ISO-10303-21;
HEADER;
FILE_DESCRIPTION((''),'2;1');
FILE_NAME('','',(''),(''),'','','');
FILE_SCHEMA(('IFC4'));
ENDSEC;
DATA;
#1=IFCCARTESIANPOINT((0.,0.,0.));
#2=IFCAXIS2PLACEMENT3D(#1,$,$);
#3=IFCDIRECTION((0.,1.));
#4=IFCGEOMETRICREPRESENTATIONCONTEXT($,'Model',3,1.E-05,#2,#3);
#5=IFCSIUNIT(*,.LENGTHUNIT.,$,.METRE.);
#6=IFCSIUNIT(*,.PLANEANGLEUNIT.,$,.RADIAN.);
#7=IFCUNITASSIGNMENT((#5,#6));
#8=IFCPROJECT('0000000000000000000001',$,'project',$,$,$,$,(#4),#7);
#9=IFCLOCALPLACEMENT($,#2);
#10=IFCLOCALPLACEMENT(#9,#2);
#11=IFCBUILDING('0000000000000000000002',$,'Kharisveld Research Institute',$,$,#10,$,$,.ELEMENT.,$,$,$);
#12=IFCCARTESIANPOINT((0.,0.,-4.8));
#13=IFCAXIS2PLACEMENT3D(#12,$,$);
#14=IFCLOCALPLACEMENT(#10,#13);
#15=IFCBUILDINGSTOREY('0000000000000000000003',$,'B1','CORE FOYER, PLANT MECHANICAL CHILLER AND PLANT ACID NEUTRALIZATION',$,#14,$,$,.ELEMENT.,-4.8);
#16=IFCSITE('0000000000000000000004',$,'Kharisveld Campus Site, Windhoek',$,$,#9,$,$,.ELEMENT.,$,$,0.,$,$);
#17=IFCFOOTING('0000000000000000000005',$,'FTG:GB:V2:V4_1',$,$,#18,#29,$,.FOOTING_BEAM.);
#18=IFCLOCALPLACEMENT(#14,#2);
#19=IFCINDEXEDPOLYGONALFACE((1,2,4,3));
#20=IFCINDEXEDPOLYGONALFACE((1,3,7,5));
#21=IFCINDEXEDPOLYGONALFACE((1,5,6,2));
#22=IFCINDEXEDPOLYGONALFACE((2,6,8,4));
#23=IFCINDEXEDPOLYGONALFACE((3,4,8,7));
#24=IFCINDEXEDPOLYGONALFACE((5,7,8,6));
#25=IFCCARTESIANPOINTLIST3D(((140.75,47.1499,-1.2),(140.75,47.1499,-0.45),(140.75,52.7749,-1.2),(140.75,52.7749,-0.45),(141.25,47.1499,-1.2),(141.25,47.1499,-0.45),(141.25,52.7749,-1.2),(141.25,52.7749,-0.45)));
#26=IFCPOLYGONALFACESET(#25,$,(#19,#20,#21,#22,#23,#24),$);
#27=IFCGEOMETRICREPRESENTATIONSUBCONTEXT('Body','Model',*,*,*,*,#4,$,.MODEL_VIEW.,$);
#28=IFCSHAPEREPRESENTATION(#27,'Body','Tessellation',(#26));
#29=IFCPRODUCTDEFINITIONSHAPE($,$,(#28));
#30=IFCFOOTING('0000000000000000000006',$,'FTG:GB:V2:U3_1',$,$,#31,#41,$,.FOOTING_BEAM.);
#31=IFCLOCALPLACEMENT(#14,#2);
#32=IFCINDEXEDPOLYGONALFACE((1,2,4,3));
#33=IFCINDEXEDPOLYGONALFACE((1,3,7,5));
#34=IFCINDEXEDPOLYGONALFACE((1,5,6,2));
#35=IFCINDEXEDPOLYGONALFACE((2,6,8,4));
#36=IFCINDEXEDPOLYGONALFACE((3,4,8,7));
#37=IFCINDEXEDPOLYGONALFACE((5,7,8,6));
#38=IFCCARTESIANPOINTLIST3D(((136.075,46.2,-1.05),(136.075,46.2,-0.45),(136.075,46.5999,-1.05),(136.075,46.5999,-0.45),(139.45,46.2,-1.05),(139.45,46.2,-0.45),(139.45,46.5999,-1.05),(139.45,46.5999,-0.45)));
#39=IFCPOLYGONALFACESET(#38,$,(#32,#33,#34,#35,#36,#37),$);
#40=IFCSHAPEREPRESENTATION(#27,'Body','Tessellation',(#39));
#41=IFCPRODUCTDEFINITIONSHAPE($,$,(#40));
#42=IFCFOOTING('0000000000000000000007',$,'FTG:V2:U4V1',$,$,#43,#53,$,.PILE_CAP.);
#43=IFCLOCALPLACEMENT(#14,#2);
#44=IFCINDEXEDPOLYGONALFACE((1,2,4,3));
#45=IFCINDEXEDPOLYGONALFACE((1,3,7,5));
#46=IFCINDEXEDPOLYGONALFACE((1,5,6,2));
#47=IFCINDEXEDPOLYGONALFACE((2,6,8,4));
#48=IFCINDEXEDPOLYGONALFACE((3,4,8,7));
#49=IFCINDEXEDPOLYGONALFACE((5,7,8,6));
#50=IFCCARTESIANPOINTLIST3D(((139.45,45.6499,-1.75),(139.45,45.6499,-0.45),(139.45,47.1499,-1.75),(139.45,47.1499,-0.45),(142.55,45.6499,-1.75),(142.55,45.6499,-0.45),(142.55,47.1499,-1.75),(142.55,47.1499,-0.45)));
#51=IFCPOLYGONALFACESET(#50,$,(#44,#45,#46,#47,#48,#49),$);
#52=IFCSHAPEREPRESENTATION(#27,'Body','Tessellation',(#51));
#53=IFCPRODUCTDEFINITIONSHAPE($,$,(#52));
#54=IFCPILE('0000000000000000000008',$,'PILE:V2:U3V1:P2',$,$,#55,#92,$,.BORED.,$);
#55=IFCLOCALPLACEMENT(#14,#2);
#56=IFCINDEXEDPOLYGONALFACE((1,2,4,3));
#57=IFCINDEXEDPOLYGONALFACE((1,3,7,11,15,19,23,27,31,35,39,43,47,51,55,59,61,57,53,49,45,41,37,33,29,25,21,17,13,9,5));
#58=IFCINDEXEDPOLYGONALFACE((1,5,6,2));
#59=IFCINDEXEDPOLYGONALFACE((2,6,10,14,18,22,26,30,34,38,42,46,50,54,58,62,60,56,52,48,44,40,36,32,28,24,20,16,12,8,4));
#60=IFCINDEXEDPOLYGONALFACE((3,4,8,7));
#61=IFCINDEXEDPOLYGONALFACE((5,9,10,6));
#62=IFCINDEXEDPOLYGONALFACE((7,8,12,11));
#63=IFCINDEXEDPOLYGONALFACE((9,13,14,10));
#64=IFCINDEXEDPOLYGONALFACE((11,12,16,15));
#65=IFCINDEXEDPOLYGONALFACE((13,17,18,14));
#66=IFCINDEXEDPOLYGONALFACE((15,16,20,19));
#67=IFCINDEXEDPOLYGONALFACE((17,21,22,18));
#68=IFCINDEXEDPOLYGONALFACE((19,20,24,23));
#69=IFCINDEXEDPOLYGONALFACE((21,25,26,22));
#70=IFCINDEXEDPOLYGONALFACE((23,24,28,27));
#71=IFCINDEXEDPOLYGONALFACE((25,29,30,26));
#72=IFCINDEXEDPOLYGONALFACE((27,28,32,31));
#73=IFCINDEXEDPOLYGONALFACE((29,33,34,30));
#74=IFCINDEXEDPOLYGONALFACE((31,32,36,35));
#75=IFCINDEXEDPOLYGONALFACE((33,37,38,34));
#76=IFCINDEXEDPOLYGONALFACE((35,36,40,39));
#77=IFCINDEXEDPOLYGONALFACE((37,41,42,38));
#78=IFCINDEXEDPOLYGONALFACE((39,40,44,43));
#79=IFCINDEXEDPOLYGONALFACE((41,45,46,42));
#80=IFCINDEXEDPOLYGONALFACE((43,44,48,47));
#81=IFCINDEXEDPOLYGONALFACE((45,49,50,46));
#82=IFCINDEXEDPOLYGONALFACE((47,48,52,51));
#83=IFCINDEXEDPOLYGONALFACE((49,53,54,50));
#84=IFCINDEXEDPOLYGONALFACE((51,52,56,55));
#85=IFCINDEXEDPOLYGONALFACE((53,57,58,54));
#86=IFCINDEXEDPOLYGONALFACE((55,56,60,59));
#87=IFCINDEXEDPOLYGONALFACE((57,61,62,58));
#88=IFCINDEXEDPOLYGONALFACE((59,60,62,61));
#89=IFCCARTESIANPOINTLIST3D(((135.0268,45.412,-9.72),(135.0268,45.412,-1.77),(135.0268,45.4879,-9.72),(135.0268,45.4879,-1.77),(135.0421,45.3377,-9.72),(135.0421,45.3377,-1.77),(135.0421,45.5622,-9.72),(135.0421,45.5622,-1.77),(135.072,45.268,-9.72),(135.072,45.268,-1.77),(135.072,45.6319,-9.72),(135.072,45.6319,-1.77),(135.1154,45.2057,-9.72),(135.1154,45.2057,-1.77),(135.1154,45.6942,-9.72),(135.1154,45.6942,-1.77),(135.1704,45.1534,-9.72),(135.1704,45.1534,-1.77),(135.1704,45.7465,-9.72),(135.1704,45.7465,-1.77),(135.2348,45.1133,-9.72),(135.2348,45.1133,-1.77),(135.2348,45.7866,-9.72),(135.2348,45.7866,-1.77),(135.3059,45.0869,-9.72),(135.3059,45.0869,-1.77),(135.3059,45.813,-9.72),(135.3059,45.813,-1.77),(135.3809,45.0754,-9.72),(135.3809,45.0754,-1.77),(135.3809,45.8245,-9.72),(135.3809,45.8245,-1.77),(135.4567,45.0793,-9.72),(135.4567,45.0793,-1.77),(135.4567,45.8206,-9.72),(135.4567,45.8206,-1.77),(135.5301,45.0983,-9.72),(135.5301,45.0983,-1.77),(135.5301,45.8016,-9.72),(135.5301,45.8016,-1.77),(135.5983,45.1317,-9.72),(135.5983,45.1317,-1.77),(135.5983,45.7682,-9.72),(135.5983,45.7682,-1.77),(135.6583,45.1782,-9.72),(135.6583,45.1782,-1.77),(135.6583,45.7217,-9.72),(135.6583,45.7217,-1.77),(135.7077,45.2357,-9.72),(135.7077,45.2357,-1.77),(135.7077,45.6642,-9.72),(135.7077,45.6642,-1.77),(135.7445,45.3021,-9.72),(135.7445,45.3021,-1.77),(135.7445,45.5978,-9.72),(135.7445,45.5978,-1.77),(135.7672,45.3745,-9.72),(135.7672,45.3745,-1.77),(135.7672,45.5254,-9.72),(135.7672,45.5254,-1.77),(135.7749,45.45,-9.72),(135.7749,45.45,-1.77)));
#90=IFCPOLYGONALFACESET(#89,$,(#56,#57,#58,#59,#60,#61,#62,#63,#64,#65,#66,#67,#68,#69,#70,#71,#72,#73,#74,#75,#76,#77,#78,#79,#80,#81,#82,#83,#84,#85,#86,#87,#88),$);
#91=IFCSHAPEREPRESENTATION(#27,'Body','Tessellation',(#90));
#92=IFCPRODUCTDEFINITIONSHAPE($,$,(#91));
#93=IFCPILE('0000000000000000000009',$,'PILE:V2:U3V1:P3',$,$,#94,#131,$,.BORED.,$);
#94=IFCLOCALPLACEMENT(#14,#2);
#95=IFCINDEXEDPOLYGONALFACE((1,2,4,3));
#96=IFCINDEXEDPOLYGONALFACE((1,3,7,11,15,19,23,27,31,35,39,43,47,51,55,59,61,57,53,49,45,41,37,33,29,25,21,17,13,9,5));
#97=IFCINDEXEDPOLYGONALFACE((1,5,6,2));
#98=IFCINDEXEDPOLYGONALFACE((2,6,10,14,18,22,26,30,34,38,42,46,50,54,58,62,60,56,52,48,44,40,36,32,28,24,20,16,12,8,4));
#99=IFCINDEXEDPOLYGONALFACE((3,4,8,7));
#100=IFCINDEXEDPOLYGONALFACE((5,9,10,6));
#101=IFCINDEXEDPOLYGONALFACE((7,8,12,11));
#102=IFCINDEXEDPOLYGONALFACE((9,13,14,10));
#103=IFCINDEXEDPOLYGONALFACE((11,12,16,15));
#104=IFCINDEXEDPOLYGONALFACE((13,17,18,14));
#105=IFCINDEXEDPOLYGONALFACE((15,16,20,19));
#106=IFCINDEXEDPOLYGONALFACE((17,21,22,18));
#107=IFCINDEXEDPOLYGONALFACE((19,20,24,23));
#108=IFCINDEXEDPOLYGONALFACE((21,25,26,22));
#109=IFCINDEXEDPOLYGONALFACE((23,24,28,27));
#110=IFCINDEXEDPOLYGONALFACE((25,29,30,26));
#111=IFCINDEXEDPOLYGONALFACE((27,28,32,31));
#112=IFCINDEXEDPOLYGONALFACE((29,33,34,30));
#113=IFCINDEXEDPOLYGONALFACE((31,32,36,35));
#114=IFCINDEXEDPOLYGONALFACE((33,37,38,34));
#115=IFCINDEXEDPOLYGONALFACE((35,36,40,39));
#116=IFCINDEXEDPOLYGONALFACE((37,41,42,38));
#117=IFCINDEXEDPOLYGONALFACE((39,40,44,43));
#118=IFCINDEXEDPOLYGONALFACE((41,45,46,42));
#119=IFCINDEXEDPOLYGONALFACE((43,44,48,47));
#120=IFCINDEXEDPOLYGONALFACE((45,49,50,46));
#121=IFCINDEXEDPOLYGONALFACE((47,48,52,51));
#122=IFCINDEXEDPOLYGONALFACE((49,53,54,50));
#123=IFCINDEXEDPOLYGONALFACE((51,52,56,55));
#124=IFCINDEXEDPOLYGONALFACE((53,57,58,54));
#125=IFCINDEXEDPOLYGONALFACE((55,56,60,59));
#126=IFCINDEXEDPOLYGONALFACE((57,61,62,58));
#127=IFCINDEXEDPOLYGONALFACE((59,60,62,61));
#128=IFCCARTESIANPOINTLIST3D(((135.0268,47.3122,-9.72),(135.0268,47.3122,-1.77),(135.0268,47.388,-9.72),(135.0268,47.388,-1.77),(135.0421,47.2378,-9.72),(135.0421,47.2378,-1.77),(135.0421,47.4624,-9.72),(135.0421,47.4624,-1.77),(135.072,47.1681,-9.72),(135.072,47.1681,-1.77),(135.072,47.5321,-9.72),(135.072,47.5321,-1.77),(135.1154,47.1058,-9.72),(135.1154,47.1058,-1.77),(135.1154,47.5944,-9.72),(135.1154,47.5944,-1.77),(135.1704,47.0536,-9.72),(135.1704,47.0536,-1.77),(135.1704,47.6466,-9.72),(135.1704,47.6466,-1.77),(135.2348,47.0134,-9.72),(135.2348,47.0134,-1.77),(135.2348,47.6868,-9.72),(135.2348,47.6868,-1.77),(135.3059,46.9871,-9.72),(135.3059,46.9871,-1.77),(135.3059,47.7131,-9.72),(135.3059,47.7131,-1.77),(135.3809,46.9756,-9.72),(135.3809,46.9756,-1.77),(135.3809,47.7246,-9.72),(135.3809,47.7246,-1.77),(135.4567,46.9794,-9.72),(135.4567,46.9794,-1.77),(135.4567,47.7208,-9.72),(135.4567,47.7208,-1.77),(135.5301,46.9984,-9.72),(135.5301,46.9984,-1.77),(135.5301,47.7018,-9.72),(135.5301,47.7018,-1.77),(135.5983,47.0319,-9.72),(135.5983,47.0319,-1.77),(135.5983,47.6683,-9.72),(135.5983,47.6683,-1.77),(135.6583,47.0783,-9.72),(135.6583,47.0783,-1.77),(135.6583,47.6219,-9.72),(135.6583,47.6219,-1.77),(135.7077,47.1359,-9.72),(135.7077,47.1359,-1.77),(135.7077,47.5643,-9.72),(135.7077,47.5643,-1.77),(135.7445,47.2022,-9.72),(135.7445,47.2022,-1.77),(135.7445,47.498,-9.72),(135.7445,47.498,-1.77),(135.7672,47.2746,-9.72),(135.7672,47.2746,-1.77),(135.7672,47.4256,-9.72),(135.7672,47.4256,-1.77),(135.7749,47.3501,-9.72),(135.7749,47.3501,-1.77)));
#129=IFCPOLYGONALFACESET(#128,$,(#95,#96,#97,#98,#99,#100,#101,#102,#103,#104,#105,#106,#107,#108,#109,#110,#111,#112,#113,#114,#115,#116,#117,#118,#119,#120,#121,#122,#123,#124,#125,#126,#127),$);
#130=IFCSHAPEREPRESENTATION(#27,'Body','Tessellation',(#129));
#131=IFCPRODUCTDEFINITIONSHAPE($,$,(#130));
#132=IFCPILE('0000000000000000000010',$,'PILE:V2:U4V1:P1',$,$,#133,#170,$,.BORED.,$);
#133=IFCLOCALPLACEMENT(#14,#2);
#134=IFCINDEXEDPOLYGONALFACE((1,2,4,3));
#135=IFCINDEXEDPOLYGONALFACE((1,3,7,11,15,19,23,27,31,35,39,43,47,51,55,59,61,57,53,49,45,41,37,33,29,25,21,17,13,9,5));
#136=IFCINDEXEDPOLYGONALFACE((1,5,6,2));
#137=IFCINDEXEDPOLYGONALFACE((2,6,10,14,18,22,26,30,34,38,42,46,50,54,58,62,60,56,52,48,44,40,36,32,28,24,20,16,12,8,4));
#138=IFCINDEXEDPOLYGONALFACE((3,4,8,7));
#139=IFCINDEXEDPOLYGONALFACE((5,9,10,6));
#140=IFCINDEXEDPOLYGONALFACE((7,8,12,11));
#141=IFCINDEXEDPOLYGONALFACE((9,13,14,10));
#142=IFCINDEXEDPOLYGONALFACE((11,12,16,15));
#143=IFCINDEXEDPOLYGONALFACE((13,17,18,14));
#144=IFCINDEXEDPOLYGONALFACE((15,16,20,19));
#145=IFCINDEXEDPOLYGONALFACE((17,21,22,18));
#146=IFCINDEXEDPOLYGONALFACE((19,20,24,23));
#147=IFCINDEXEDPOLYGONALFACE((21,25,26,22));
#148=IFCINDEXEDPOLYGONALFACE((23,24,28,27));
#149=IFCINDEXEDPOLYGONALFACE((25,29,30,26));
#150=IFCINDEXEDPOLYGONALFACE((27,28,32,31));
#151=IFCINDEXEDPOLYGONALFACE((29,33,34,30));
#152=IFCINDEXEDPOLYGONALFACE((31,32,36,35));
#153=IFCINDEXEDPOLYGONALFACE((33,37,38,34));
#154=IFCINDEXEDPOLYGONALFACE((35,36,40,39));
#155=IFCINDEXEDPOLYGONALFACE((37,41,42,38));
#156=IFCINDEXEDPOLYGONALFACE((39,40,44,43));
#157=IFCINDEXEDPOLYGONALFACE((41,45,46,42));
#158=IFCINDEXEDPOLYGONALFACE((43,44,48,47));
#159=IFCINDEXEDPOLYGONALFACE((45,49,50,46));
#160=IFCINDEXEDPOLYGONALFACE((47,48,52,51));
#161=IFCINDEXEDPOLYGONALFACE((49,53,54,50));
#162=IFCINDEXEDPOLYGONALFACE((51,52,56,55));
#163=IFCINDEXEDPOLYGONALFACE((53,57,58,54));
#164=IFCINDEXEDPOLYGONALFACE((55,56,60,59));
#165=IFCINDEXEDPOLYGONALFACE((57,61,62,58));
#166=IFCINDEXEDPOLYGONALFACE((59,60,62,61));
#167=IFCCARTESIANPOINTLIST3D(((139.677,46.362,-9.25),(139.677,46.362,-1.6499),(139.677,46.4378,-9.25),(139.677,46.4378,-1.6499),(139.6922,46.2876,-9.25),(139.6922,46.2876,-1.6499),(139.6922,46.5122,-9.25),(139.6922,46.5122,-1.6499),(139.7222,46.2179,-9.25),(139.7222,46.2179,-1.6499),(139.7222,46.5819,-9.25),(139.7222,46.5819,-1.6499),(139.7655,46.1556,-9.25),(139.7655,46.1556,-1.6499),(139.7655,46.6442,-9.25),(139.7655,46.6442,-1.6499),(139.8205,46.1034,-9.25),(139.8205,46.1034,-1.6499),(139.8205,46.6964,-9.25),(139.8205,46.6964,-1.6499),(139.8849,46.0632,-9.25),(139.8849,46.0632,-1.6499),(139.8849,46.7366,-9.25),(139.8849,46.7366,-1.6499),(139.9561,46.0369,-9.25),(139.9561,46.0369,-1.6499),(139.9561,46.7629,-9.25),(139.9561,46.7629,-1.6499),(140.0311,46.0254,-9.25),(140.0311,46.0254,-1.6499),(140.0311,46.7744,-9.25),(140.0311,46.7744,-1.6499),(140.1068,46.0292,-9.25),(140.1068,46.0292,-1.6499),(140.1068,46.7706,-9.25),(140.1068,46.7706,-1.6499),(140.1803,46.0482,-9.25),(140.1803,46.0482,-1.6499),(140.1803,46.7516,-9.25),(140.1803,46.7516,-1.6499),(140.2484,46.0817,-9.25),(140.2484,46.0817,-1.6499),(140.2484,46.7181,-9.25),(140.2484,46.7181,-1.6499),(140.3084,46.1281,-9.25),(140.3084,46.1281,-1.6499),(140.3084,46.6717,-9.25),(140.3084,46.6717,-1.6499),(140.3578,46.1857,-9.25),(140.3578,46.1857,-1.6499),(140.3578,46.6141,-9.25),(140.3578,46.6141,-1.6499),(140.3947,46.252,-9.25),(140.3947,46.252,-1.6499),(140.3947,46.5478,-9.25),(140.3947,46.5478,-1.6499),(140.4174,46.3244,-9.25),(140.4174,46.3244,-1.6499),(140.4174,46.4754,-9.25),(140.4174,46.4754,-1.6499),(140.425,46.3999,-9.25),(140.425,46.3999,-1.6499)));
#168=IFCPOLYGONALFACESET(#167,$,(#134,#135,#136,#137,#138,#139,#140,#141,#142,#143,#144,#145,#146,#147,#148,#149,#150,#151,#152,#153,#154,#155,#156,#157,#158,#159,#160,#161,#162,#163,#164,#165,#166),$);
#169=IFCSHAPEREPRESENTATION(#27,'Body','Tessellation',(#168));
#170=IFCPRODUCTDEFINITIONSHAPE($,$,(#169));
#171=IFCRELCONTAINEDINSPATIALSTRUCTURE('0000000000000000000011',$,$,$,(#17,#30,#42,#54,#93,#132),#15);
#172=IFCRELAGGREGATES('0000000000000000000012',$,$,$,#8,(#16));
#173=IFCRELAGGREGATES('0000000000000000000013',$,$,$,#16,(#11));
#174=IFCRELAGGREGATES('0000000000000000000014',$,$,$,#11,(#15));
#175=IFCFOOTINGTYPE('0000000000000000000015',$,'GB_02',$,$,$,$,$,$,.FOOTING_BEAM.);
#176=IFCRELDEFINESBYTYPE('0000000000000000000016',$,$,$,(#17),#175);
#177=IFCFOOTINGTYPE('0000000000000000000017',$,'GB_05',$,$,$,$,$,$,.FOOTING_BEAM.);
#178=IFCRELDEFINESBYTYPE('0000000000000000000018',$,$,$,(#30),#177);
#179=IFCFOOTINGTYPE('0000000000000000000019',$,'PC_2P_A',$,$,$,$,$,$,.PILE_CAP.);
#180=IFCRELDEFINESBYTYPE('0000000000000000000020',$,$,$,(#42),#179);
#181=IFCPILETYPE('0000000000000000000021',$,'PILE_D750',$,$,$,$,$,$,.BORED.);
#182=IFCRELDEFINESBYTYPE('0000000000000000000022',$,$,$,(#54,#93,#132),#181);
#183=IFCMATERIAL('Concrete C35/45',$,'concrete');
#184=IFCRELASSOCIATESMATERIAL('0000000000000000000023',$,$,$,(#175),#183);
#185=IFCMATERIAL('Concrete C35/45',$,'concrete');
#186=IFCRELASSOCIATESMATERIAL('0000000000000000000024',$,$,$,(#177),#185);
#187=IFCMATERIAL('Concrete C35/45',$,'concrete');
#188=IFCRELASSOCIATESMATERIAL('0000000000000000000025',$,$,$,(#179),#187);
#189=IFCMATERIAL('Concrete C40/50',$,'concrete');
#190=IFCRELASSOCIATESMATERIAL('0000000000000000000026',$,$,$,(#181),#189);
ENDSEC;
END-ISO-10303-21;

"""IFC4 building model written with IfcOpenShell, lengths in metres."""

from ifc_helpers import new_model, si_unit, direction, frame, origin, origin_2d, place, context, subcontext, project, spatial, rectangle, circle, extrude, material, material_profile, profile_set, type_object, element, save


model = new_model("IFC4")

# Units and contexts
model_context = context("Model", 3, precision=1e-05, world=origin(), true_north=direction((0.0, 1.0)))
body_context = subcontext(model_context, "Body", "Model", "MODEL_VIEW")
ifc_project = project(units=[si_unit("LENGTHUNIT", "METRE"), si_unit("PLANEANGLEUNIT", "RADIAN")], contexts=[model_context])

# Site, building, storey
site_placement = place(None, origin())
site = spatial("IfcSite", under=ifc_project, at=site_placement, Name="Kharisveld Campus Site, Windhoek", CompositionType="ELEMENT", RefElevation=0.0)
building_placement = place(site_placement, origin())
building = spatial("IfcBuilding", under=site, at=building_placement, Name="Kharisveld Research Institute", CompositionType="ELEMENT")
storey_placement = place(building_placement, frame((0.0, 0.0, -4.8)))
storey = spatial("IfcBuildingStorey", under=building, at=storey_placement, Name="B1", Description="CORE FOYER, PLANT MECHANICAL CHILLER AND PLANT ACID NEUTRALIZATION", CompositionType="ELEMENT", Elevation=-4.8)

# Footings
ifc_material_1 = material(Name="Concrete C35/45", Category="concrete")
ifc_material_profile_1 = material_profile(ifc_material_1, rectangle(XDim=0.5, YDim=0.75, at=origin_2d()))
ifc_profile_set_1 = profile_set([ifc_material_profile_1], Name="Concrete C35/45")
footing_type_1 = type_object("IfcFootingType", Name="GB_02", PredefinedType="FOOTING_BEAM", material=ifc_profile_set_1)
footing_1_placement = place(storey_placement, frame((141.0, 47.1499, -0.825), z_axis=(0.0, 1.0, 0.0), x_axis=(-1.0, 0.0, 0.0)))
element("IfcFooting", 1, at=footing_1_placement, inside=storey, type_object=footing_type_1, Name="FTG:GB:V2:V4_1", PredefinedType="FOOTING_BEAM", context=body_context, shape_type="SweptSolid", body=[
    extrude(rectangle(XDim=0.5, YDim=0.75, at=origin_2d()), origin(), (0.0, 0.0, 1.0), 5.625),
])
ifc_material_2 = material(Name="Concrete C35/45", Category="concrete")
ifc_material_profile_2 = material_profile(ifc_material_2, rectangle(XDim=0.3999, YDim=0.6001, at=origin_2d()))
ifc_profile_set_2 = profile_set([ifc_material_profile_2], Name="Concrete C35/45")
footing_type_2 = type_object("IfcFootingType", Name="GB_05", PredefinedType="FOOTING_BEAM", material=ifc_profile_set_2)
footing_2_placement = place(storey_placement, frame((136.075, 46.3999, -0.75), z_axis=(1.0, 0.0, 0.0), x_axis=(0.0, 1.0, 0.0)))
element("IfcFooting", 2, at=footing_2_placement, inside=storey, type_object=footing_type_2, Name="FTG:GB:V2:U3_1", PredefinedType="FOOTING_BEAM", context=body_context, shape_type="SweptSolid", body=[
    extrude(rectangle(XDim=0.3999, YDim=0.6001, at=origin_2d()), origin(), (0.0, 0.0, 1.0), 3.375),
])
ifc_material_3 = material(Name="Concrete C35/45", Category="concrete")
footing_type_3 = type_object("IfcFootingType", Name="PC_2P_A", PredefinedType="PILE_CAP", material=ifc_material_3)
footing_3_placement = place(storey_placement, frame((141.0, 46.3999, -1.75), z_axis=(0.0, 0.0, 1.0), x_axis=(1.0, 0.0, 0.0)))
element("IfcFooting", 3, at=footing_3_placement, inside=storey, type_object=footing_type_3, Name="FTG:V2:U4V1", PredefinedType="PILE_CAP", context=body_context, shape_type="SweptSolid", body=[
    extrude(rectangle(XDim=3.1001, YDim=1.5, at=origin_2d()), origin(), (0.0, 0.0, 1.0), 1.3),
])

# Piles
ifc_material_4 = material(Name="Concrete C40/50", Category="concrete")
ifc_material_profile_3 = material_profile(ifc_material_4, circle(Radius=0.375, at=origin_2d()))
ifc_profile_set_3 = profile_set([ifc_material_profile_3], Name="Concrete C40/50")
pile_type_1 = type_object("IfcPileType", Name="PILE_D750", PredefinedType="BORED", material=ifc_profile_set_3)
for number, where, z_axis, x_axis, name in (
    (4, (135.3999, 45.45, -1.77), (0.0, 0.0, -1.0), (1.0, 0.0, 0.0), "PILE:V2:U3V1:P2"),
    (5, (135.3999, 47.3501, -1.77), (0.0, 0.0, -1.0), (1.0, 0.0, 0.0), "PILE:V2:U3V1:P3"),
):
    element("IfcPile", number, at=place(storey_placement, frame(where, z_axis=z_axis, x_axis=x_axis)), inside=storey, type_object=pile_type_1, Name=name, PredefinedType="BORED", context=body_context, shape_type="SweptSolid", body=[
        extrude(circle(Radius=0.375, at=origin_2d()), origin(), (0.0, 0.0, 1.0), 7.95),
    ])
pile_1_placement = place(storey_placement, frame((140.05, 46.3999, -1.6499), z_axis=(0.0, 0.0, -1.0), x_axis=(1.0, 0.0, 0.0)))
element("IfcPile", 6, at=pile_1_placement, inside=storey, type_object=pile_type_1, Name="PILE:V2:U4V1:P1", PredefinedType="BORED", context=body_context, shape_type="SweptSolid", body=[
    extrude(circle(Radius=0.375, at=origin_2d()), origin(), (0.0, 0.0, 1.0), 7.6001),
])

save(model, "model.ifc")
